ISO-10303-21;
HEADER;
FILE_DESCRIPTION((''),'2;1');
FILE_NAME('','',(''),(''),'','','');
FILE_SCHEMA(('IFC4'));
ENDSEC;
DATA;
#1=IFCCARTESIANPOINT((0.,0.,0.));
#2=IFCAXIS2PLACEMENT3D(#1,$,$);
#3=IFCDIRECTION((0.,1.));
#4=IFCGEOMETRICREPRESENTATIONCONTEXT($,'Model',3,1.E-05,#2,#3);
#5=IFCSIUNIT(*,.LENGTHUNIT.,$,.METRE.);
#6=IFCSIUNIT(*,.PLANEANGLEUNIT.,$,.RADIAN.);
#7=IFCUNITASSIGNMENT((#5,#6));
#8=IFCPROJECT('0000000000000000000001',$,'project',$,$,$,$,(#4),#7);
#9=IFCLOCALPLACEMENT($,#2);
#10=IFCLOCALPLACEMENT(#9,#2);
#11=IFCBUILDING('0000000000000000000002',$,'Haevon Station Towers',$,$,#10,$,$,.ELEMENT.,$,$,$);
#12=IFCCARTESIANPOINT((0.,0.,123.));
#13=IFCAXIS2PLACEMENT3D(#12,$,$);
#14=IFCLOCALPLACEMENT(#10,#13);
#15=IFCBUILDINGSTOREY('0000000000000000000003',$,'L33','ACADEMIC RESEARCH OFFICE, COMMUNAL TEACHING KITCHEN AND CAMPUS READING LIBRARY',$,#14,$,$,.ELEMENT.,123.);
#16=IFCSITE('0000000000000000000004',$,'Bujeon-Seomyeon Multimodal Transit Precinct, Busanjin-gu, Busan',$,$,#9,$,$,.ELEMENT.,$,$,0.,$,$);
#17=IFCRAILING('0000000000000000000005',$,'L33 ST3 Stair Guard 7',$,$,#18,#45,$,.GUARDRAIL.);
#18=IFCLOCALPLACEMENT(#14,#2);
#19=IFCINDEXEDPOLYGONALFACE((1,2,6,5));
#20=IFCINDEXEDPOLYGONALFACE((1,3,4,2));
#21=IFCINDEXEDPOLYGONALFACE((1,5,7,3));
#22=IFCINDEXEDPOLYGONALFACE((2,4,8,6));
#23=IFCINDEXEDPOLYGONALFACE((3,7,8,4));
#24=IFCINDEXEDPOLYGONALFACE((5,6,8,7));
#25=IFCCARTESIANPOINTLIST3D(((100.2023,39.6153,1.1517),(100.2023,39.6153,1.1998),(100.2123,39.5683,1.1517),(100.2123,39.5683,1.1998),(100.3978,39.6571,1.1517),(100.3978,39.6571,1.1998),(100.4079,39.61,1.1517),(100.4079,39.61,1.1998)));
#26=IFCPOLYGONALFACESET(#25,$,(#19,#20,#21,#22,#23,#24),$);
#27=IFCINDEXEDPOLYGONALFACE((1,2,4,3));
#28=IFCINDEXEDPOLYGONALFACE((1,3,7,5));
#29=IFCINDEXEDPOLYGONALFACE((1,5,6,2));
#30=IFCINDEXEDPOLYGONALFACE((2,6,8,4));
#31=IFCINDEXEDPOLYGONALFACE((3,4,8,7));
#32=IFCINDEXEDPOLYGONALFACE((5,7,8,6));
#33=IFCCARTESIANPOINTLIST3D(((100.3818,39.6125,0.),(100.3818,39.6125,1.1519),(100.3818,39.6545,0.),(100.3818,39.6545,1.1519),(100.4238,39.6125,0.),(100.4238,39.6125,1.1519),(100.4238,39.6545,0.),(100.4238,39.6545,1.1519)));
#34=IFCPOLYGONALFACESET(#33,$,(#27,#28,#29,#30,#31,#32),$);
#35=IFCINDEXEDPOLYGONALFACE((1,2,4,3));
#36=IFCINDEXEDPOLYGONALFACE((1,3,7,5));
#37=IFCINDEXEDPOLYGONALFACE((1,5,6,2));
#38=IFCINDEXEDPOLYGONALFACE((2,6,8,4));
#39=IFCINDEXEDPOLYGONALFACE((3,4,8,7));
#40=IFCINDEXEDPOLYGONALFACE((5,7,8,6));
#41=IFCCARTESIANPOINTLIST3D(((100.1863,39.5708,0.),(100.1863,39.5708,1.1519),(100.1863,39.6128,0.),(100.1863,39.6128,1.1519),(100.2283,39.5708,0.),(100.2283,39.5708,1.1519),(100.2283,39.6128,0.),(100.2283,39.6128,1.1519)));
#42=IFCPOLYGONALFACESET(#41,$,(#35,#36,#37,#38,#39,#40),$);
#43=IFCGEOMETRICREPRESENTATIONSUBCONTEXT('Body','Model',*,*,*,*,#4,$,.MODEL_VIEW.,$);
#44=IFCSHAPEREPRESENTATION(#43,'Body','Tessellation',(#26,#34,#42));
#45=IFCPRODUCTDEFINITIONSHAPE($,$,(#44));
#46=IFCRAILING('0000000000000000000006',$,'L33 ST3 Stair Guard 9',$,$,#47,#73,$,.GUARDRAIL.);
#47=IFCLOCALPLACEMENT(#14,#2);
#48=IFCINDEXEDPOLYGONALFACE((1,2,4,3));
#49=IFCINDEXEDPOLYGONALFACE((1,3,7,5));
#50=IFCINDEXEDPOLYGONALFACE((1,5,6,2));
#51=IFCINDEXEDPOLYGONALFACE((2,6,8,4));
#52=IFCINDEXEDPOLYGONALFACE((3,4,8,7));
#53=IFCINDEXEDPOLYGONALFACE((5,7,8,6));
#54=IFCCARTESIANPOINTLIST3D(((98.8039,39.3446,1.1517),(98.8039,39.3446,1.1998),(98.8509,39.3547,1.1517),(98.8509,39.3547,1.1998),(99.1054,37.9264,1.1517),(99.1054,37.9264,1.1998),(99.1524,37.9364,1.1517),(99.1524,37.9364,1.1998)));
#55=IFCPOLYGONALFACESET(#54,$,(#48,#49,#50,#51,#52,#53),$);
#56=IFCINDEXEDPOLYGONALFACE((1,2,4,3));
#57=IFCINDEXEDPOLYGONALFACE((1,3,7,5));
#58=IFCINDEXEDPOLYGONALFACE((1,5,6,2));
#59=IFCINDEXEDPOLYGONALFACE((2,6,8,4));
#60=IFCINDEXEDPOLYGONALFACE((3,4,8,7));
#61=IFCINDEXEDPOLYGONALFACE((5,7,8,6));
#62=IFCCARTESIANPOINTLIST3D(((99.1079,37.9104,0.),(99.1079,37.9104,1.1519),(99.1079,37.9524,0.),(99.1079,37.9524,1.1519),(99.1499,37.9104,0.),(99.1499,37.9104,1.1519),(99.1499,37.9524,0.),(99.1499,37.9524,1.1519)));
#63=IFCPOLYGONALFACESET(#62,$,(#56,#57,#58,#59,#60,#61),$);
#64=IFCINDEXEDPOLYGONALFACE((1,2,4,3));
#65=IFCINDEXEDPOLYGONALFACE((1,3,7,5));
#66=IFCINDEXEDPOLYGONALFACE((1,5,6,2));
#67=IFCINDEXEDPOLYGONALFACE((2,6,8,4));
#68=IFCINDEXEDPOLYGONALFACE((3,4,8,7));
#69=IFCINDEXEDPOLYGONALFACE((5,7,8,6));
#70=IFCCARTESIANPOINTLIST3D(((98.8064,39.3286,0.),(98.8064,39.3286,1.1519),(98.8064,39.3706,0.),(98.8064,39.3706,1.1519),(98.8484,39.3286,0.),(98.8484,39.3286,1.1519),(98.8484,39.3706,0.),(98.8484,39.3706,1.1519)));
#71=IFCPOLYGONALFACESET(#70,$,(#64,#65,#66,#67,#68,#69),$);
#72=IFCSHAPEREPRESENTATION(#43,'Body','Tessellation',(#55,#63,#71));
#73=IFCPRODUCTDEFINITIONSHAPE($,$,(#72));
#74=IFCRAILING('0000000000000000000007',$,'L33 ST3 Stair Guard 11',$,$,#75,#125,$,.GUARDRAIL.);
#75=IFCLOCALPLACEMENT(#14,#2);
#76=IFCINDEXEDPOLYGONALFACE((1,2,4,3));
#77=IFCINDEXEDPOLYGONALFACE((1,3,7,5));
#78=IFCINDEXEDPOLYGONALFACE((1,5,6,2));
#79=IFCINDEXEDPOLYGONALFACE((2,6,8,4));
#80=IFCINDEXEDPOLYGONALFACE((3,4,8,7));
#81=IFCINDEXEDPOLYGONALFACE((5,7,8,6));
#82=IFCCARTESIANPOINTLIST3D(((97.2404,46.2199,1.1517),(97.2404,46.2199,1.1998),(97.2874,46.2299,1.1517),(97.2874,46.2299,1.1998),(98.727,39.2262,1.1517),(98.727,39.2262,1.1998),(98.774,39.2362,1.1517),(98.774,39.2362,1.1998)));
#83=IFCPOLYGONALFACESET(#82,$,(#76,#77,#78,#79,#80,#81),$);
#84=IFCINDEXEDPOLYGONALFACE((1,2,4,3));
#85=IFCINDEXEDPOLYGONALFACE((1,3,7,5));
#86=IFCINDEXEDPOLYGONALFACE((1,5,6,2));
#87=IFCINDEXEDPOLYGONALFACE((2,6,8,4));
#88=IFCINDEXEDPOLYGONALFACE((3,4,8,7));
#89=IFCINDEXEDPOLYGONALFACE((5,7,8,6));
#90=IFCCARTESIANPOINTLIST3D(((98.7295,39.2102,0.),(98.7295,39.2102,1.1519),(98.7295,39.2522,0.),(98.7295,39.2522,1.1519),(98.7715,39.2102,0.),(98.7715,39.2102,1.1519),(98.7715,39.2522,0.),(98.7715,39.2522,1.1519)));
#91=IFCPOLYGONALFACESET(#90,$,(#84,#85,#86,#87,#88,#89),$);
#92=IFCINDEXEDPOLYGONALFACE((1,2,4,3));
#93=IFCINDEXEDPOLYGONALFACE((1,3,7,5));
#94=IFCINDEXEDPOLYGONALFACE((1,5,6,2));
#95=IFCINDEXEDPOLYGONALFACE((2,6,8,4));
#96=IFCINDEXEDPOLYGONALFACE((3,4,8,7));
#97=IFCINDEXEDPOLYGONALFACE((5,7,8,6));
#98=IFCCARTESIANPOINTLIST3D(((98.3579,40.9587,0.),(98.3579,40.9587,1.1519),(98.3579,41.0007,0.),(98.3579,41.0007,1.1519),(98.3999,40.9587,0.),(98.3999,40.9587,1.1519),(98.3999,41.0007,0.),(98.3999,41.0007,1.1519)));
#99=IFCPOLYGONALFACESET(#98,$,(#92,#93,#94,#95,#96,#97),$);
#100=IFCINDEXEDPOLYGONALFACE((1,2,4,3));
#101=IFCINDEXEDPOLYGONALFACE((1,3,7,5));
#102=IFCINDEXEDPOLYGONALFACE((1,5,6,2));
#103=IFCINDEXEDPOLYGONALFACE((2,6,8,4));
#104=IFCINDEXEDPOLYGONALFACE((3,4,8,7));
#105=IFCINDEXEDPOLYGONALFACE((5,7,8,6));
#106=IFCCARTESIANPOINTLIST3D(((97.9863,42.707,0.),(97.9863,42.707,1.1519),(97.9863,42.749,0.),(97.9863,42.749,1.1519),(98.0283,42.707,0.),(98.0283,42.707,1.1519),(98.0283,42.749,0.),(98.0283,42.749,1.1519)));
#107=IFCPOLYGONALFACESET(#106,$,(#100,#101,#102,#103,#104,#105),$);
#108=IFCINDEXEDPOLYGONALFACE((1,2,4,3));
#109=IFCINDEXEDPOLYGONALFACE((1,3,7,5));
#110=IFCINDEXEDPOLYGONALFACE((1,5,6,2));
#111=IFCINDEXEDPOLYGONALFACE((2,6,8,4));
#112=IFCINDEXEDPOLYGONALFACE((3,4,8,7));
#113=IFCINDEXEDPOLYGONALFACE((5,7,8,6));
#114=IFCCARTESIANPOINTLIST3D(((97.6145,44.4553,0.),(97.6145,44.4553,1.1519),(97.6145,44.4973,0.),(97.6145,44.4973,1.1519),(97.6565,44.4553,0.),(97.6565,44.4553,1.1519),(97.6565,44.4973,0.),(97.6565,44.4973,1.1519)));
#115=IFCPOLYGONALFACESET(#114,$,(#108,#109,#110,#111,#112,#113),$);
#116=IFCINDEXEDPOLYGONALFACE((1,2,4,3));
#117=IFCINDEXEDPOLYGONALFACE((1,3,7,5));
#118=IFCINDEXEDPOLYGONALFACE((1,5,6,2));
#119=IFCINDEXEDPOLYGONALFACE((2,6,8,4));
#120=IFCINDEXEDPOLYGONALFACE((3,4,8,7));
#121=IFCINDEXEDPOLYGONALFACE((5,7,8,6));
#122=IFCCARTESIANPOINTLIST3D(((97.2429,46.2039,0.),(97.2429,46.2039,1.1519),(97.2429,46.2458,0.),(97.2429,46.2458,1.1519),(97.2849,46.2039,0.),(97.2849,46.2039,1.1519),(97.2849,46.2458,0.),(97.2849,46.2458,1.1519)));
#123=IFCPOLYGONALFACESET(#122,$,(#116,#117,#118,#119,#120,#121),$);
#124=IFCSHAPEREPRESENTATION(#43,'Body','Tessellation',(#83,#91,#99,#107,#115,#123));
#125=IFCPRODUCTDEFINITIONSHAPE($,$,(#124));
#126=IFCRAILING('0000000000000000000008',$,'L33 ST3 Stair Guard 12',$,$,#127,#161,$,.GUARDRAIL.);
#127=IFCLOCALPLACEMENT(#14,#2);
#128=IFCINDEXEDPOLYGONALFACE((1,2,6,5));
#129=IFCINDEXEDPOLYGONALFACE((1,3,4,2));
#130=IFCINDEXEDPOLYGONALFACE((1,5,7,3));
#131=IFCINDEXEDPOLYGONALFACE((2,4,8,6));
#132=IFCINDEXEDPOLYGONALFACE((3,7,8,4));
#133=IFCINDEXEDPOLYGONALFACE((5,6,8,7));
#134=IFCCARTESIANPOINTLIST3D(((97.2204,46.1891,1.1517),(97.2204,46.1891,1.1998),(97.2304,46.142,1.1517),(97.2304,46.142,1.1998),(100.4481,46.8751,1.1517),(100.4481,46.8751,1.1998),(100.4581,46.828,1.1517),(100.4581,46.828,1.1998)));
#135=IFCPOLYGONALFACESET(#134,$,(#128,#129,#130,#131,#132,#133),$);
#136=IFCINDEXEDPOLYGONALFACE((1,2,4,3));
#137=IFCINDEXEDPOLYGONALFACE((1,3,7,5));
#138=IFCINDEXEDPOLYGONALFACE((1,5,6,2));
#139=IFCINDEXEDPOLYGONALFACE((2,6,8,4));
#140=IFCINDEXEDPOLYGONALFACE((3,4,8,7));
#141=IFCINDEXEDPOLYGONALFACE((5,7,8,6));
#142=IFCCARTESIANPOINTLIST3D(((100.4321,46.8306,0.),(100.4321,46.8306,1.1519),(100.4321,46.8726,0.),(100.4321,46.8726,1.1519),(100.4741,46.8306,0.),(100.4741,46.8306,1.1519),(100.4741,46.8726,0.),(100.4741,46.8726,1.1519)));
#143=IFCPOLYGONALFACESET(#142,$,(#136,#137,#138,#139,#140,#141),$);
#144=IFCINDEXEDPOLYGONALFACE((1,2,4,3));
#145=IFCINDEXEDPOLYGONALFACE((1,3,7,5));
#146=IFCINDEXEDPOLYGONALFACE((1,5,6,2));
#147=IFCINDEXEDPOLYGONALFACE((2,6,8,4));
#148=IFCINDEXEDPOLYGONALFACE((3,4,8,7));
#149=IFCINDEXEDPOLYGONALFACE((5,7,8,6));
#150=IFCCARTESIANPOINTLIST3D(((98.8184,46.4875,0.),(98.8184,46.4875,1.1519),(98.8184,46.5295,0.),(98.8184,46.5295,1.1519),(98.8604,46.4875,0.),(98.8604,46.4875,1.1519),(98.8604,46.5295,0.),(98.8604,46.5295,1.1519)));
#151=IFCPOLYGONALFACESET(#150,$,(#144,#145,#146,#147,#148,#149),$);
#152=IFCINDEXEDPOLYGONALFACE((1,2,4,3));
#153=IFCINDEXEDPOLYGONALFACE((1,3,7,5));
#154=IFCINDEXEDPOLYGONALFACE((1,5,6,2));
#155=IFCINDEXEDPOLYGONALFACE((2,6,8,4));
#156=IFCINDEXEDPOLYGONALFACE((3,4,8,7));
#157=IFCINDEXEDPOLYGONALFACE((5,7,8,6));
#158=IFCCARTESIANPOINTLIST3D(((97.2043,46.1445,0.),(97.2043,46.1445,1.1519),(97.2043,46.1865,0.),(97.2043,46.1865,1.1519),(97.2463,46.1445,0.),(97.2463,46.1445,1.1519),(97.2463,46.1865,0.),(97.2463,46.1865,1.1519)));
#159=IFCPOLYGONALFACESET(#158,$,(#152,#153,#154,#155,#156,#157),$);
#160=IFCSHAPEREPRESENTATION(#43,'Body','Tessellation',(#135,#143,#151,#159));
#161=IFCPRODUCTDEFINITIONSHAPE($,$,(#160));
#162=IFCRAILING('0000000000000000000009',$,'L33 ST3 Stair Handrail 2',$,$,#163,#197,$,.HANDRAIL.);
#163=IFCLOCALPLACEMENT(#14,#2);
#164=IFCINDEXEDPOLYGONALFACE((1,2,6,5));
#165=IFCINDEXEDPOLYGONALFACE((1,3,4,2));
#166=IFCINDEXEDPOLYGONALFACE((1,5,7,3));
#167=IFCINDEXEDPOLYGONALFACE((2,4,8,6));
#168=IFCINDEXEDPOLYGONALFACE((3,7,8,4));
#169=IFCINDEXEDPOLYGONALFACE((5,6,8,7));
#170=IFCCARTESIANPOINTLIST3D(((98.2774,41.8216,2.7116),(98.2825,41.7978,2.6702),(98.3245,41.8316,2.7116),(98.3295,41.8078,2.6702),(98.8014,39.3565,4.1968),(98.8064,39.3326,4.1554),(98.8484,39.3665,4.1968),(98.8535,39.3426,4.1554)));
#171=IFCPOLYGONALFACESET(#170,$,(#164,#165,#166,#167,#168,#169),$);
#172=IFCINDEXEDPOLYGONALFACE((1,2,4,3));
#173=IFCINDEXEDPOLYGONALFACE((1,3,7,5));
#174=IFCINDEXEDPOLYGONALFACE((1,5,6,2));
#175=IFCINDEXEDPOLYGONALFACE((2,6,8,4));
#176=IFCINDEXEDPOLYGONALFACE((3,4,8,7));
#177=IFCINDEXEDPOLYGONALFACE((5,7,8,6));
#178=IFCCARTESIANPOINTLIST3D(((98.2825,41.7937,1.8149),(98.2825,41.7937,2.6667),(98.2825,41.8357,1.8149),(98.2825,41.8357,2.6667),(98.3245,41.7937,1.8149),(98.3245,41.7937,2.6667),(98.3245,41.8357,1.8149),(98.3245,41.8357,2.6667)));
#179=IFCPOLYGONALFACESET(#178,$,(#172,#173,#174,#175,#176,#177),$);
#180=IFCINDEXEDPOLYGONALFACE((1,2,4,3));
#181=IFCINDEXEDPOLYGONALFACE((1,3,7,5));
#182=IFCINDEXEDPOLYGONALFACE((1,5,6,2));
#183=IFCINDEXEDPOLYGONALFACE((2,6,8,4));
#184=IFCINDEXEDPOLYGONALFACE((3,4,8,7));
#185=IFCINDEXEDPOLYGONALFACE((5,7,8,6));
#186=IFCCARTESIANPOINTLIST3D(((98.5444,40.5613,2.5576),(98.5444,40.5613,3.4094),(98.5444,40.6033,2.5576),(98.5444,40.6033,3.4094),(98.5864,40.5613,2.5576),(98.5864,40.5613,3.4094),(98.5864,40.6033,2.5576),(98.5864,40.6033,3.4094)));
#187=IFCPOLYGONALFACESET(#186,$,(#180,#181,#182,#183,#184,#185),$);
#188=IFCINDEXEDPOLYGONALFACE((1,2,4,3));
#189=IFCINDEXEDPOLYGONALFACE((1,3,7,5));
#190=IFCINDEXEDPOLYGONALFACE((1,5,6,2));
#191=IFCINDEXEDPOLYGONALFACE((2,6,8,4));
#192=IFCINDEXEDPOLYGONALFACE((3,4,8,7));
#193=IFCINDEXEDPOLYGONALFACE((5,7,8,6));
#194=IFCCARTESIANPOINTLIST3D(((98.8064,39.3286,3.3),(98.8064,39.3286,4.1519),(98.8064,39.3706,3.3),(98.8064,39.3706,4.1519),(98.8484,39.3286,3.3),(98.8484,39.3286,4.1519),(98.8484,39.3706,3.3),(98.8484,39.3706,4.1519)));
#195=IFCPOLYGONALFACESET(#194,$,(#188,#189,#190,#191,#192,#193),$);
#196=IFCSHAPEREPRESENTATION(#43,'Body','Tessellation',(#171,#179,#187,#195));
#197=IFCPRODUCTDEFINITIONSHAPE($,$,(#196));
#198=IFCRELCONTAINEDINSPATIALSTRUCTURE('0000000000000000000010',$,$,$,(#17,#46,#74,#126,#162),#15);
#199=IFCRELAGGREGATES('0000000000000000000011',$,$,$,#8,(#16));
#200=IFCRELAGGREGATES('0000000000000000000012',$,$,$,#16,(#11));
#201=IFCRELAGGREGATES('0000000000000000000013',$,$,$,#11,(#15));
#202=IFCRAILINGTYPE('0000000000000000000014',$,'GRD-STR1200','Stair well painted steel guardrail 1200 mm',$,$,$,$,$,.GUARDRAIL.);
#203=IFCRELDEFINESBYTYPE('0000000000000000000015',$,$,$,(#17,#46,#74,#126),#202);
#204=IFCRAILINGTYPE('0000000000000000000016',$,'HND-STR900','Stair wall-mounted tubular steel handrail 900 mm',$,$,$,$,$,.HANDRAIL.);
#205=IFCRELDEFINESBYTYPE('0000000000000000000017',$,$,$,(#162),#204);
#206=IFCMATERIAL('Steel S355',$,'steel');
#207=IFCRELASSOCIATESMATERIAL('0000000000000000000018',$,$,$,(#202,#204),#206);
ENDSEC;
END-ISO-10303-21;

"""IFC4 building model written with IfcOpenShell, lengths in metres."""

from ifc_helpers import new_model, si_unit, direction, frame, origin, origin_2d, place, context, subcontext, project, spatial, rectangle, extrude, material, type_object, element, save


model = new_model("IFC4")

# Units and contexts
model_context = context("Model", 3, precision=1e-05, world=origin(), true_north=direction((0.0, 1.0)))
body_context = subcontext(model_context, "Body", "Model", "MODEL_VIEW")
ifc_project = project(units=[si_unit("LENGTHUNIT", "METRE"), si_unit("PLANEANGLEUNIT", "RADIAN")], contexts=[model_context])

# Site, building, storey
site_placement = place(None, origin())
site = spatial("IfcSite", under=ifc_project, at=site_placement, Name="Bujeon-Seomyeon Multimodal Transit Precinct, Busanjin-gu, Busan", CompositionType="ELEMENT", RefElevation=0.0)
building_placement = place(site_placement, origin())
building = spatial("IfcBuilding", under=site, at=building_placement, Name="Haevon Station Towers", CompositionType="ELEMENT")
storey_placement = place(building_placement, frame((0.0, 0.0, 123.0)))
storey = spatial("IfcBuildingStorey", under=building, at=storey_placement, Name="L33", Description="ACADEMIC RESEARCH OFFICE, COMMUNAL TEACHING KITCHEN AND CAMPUS READING LIBRARY", CompositionType="ELEMENT", Elevation=123.0)

# Shared definitions
ifc_material_1 = material(Name="Steel S355", Category="steel")

# Railings
railing_type_1 = type_object("IfcRailingType", Name="GRD-STR1200", Description="Stair well painted steel guardrail 1200 mm", PredefinedType="GUARDRAIL", material=ifc_material_1)
railing_1_placement = place(storey_placement, frame((100.4028, 39.6335, 0.0)))
element("IfcRailing", 1, at=railing_1_placement, inside=storey, type_object=railing_type_1, Name="L33 ST3 Stair Guard 7", PredefinedType="GUARDRAIL", context=body_context, shape_type="SweptSolid", body=[
    extrude(rectangle(XDim=0.0481, YDim=0.0481, at=origin_2d()), frame((0.0, 0.0, 1.1758), z_axis=(-0.977963, -0.208779, 0.0), x_axis=(0.208779, -0.977963, 0.0)), (0.0, 0.0, 1.0), 0.2),
    extrude(rectangle(XDim=0.042, YDim=0.042, at=origin_2d()), origin(), (0.0, 0.0, 1.0), 1.1519),
    extrude(rectangle(XDim=0.042, YDim=0.042, at=origin_2d()), frame((-0.1956, -0.0417, 0.0)), (0.0, 0.0, 1.0), 1.1519),
])
railing_2_placement = place(storey_placement, frame((99.1289, 37.9314, 0.0)))
element("IfcRailing", 2, at=railing_2_placement, inside=storey, type_object=railing_type_1, Name="L33 ST3 Stair Guard 9", PredefinedType="GUARDRAIL", context=body_context, shape_type="SweptSolid", body=[
    extrude(rectangle(XDim=0.0481, YDim=0.0481, at=origin_2d()), frame((0.0, 0.0, 1.1758), z_axis=(-0.207953, 0.978139, 0.0), x_axis=(-0.978139, -0.207953, 0.0)), (0.0, 0.0, 1.0), 1.45),
    extrude(rectangle(XDim=0.042, YDim=0.042, at=origin_2d()), origin(), (0.0, 0.0, 1.0), 1.1519),
    extrude(rectangle(XDim=0.042, YDim=0.042, at=origin_2d()), frame((-0.3015, 1.4182, 0.0)), (0.0, 0.0, 1.0), 1.1519),
])
railing_3_placement = place(storey_placement, frame((98.7505, 39.2312, 0.0)))
element("IfcRailing", 3, at=railing_3_placement, inside=storey, type_object=railing_type_1, Name="L33 ST3 Stair Guard 11", PredefinedType="GUARDRAIL", context=body_context, shape_type="SweptSolid", body=[
    extrude(rectangle(XDim=0.0481, YDim=0.0481, at=origin_2d()), frame((0.0, 0.0, 1.1758), z_axis=(-0.207915, 0.978147, 0.0), x_axis=(-0.978147, -0.207915, 0.0)), (0.0, 0.0, 1.0), 7.1499),
    extrude(rectangle(XDim=0.042, YDim=0.042, at=origin_2d()), origin(), (0.0, 0.0, 1.0), 1.1519),
    extrude(rectangle(XDim=0.042, YDim=0.042, at=origin_2d()), frame((-0.3716, 1.7485, 0.0)), (0.0, 0.0, 1.0), 1.1519),
    extrude(rectangle(XDim=0.042, YDim=0.042, at=origin_2d()), frame((-0.7432, 3.4968, 0.0)), (0.0, 0.0, 1.0), 1.1519),
    extrude(rectangle(XDim=0.042, YDim=0.042, at=origin_2d()), frame((-1.115, 5.2451, 0.0)), (0.0, 0.0, 1.0), 1.1519),
    extrude(rectangle(XDim=0.042, YDim=0.042, at=origin_2d()), frame((-1.4866, 6.9937, 0.0)), (0.0, 0.0, 1.0), 1.1519),
])
railing_4_placement = place(storey_placement, frame((100.4531, 46.8516, 0.0)))
element("IfcRailing", 4, at=railing_4_placement, inside=storey, type_object=railing_type_1, Name="L33 ST3 Stair Guard 12", PredefinedType="GUARDRAIL", context=body_context, shape_type="SweptSolid", body=[
    extrude(rectangle(XDim=0.0481, YDim=0.0481, at=origin_2d()), frame((0.0, 0.0, 1.1758), z_axis=(-0.978151, -0.207897, 0.0), x_axis=(0.207897, -0.978151, 0.0)), (0.0, 0.0, 1.0), 3.2998),
    extrude(rectangle(XDim=0.042, YDim=0.042, at=origin_2d()), origin(), (0.0, 0.0, 1.0), 1.1519),
    extrude(rectangle(XDim=0.042, YDim=0.042, at=origin_2d()), frame((-1.6138, -0.343, 0.0)), (0.0, 0.0, 1.0), 1.1519),
    extrude(rectangle(XDim=0.042, YDim=0.042, at=origin_2d()), frame((-3.2278, -0.686, 0.0)), (0.0, 0.0, 1.0), 1.1519),
])
railing_type_2 = type_object("IfcRailingType", Name="HND-STR900", Description="Stair wall-mounted tubular steel handrail 900 mm", PredefinedType="HANDRAIL", material=ifc_material_1)
railing_5_placement = place(storey_placement, frame((98.3035, 41.8147, 1.8149)))
element("IfcRailing", 5, at=railing_5_placement, inside=storey, type_object=railing_type_2, Name="L33 ST3 Stair Handrail 2", PredefinedType="HANDRAIL", context=body_context, shape_type="SweptSolid", body=[
    extrude(rectangle(XDim=0.0481, YDim=0.0481, at=origin_2d()), frame((0.0, 0.0, 0.876), z_axis=(0.179109, -0.842712, 0.507697), x_axis=(0.978151, 0.207895, 0.0)), (0.0, 0.0, 1.0), 2.9253),
    extrude(rectangle(XDim=0.042, YDim=0.042, at=origin_2d()), origin(), (0.0, 0.0, 1.0), 0.8518),
    extrude(rectangle(XDim=0.042, YDim=0.042, at=origin_2d()), frame((0.262, -1.2324, 0.7427)), (0.0, 0.0, 1.0), 0.8518),
    extrude(rectangle(XDim=0.042, YDim=0.042, at=origin_2d()), frame((0.5239, -2.4651, 1.4851)), (0.0, 0.0, 1.0), 0.8518),
])

save(model, "model.ifc")
